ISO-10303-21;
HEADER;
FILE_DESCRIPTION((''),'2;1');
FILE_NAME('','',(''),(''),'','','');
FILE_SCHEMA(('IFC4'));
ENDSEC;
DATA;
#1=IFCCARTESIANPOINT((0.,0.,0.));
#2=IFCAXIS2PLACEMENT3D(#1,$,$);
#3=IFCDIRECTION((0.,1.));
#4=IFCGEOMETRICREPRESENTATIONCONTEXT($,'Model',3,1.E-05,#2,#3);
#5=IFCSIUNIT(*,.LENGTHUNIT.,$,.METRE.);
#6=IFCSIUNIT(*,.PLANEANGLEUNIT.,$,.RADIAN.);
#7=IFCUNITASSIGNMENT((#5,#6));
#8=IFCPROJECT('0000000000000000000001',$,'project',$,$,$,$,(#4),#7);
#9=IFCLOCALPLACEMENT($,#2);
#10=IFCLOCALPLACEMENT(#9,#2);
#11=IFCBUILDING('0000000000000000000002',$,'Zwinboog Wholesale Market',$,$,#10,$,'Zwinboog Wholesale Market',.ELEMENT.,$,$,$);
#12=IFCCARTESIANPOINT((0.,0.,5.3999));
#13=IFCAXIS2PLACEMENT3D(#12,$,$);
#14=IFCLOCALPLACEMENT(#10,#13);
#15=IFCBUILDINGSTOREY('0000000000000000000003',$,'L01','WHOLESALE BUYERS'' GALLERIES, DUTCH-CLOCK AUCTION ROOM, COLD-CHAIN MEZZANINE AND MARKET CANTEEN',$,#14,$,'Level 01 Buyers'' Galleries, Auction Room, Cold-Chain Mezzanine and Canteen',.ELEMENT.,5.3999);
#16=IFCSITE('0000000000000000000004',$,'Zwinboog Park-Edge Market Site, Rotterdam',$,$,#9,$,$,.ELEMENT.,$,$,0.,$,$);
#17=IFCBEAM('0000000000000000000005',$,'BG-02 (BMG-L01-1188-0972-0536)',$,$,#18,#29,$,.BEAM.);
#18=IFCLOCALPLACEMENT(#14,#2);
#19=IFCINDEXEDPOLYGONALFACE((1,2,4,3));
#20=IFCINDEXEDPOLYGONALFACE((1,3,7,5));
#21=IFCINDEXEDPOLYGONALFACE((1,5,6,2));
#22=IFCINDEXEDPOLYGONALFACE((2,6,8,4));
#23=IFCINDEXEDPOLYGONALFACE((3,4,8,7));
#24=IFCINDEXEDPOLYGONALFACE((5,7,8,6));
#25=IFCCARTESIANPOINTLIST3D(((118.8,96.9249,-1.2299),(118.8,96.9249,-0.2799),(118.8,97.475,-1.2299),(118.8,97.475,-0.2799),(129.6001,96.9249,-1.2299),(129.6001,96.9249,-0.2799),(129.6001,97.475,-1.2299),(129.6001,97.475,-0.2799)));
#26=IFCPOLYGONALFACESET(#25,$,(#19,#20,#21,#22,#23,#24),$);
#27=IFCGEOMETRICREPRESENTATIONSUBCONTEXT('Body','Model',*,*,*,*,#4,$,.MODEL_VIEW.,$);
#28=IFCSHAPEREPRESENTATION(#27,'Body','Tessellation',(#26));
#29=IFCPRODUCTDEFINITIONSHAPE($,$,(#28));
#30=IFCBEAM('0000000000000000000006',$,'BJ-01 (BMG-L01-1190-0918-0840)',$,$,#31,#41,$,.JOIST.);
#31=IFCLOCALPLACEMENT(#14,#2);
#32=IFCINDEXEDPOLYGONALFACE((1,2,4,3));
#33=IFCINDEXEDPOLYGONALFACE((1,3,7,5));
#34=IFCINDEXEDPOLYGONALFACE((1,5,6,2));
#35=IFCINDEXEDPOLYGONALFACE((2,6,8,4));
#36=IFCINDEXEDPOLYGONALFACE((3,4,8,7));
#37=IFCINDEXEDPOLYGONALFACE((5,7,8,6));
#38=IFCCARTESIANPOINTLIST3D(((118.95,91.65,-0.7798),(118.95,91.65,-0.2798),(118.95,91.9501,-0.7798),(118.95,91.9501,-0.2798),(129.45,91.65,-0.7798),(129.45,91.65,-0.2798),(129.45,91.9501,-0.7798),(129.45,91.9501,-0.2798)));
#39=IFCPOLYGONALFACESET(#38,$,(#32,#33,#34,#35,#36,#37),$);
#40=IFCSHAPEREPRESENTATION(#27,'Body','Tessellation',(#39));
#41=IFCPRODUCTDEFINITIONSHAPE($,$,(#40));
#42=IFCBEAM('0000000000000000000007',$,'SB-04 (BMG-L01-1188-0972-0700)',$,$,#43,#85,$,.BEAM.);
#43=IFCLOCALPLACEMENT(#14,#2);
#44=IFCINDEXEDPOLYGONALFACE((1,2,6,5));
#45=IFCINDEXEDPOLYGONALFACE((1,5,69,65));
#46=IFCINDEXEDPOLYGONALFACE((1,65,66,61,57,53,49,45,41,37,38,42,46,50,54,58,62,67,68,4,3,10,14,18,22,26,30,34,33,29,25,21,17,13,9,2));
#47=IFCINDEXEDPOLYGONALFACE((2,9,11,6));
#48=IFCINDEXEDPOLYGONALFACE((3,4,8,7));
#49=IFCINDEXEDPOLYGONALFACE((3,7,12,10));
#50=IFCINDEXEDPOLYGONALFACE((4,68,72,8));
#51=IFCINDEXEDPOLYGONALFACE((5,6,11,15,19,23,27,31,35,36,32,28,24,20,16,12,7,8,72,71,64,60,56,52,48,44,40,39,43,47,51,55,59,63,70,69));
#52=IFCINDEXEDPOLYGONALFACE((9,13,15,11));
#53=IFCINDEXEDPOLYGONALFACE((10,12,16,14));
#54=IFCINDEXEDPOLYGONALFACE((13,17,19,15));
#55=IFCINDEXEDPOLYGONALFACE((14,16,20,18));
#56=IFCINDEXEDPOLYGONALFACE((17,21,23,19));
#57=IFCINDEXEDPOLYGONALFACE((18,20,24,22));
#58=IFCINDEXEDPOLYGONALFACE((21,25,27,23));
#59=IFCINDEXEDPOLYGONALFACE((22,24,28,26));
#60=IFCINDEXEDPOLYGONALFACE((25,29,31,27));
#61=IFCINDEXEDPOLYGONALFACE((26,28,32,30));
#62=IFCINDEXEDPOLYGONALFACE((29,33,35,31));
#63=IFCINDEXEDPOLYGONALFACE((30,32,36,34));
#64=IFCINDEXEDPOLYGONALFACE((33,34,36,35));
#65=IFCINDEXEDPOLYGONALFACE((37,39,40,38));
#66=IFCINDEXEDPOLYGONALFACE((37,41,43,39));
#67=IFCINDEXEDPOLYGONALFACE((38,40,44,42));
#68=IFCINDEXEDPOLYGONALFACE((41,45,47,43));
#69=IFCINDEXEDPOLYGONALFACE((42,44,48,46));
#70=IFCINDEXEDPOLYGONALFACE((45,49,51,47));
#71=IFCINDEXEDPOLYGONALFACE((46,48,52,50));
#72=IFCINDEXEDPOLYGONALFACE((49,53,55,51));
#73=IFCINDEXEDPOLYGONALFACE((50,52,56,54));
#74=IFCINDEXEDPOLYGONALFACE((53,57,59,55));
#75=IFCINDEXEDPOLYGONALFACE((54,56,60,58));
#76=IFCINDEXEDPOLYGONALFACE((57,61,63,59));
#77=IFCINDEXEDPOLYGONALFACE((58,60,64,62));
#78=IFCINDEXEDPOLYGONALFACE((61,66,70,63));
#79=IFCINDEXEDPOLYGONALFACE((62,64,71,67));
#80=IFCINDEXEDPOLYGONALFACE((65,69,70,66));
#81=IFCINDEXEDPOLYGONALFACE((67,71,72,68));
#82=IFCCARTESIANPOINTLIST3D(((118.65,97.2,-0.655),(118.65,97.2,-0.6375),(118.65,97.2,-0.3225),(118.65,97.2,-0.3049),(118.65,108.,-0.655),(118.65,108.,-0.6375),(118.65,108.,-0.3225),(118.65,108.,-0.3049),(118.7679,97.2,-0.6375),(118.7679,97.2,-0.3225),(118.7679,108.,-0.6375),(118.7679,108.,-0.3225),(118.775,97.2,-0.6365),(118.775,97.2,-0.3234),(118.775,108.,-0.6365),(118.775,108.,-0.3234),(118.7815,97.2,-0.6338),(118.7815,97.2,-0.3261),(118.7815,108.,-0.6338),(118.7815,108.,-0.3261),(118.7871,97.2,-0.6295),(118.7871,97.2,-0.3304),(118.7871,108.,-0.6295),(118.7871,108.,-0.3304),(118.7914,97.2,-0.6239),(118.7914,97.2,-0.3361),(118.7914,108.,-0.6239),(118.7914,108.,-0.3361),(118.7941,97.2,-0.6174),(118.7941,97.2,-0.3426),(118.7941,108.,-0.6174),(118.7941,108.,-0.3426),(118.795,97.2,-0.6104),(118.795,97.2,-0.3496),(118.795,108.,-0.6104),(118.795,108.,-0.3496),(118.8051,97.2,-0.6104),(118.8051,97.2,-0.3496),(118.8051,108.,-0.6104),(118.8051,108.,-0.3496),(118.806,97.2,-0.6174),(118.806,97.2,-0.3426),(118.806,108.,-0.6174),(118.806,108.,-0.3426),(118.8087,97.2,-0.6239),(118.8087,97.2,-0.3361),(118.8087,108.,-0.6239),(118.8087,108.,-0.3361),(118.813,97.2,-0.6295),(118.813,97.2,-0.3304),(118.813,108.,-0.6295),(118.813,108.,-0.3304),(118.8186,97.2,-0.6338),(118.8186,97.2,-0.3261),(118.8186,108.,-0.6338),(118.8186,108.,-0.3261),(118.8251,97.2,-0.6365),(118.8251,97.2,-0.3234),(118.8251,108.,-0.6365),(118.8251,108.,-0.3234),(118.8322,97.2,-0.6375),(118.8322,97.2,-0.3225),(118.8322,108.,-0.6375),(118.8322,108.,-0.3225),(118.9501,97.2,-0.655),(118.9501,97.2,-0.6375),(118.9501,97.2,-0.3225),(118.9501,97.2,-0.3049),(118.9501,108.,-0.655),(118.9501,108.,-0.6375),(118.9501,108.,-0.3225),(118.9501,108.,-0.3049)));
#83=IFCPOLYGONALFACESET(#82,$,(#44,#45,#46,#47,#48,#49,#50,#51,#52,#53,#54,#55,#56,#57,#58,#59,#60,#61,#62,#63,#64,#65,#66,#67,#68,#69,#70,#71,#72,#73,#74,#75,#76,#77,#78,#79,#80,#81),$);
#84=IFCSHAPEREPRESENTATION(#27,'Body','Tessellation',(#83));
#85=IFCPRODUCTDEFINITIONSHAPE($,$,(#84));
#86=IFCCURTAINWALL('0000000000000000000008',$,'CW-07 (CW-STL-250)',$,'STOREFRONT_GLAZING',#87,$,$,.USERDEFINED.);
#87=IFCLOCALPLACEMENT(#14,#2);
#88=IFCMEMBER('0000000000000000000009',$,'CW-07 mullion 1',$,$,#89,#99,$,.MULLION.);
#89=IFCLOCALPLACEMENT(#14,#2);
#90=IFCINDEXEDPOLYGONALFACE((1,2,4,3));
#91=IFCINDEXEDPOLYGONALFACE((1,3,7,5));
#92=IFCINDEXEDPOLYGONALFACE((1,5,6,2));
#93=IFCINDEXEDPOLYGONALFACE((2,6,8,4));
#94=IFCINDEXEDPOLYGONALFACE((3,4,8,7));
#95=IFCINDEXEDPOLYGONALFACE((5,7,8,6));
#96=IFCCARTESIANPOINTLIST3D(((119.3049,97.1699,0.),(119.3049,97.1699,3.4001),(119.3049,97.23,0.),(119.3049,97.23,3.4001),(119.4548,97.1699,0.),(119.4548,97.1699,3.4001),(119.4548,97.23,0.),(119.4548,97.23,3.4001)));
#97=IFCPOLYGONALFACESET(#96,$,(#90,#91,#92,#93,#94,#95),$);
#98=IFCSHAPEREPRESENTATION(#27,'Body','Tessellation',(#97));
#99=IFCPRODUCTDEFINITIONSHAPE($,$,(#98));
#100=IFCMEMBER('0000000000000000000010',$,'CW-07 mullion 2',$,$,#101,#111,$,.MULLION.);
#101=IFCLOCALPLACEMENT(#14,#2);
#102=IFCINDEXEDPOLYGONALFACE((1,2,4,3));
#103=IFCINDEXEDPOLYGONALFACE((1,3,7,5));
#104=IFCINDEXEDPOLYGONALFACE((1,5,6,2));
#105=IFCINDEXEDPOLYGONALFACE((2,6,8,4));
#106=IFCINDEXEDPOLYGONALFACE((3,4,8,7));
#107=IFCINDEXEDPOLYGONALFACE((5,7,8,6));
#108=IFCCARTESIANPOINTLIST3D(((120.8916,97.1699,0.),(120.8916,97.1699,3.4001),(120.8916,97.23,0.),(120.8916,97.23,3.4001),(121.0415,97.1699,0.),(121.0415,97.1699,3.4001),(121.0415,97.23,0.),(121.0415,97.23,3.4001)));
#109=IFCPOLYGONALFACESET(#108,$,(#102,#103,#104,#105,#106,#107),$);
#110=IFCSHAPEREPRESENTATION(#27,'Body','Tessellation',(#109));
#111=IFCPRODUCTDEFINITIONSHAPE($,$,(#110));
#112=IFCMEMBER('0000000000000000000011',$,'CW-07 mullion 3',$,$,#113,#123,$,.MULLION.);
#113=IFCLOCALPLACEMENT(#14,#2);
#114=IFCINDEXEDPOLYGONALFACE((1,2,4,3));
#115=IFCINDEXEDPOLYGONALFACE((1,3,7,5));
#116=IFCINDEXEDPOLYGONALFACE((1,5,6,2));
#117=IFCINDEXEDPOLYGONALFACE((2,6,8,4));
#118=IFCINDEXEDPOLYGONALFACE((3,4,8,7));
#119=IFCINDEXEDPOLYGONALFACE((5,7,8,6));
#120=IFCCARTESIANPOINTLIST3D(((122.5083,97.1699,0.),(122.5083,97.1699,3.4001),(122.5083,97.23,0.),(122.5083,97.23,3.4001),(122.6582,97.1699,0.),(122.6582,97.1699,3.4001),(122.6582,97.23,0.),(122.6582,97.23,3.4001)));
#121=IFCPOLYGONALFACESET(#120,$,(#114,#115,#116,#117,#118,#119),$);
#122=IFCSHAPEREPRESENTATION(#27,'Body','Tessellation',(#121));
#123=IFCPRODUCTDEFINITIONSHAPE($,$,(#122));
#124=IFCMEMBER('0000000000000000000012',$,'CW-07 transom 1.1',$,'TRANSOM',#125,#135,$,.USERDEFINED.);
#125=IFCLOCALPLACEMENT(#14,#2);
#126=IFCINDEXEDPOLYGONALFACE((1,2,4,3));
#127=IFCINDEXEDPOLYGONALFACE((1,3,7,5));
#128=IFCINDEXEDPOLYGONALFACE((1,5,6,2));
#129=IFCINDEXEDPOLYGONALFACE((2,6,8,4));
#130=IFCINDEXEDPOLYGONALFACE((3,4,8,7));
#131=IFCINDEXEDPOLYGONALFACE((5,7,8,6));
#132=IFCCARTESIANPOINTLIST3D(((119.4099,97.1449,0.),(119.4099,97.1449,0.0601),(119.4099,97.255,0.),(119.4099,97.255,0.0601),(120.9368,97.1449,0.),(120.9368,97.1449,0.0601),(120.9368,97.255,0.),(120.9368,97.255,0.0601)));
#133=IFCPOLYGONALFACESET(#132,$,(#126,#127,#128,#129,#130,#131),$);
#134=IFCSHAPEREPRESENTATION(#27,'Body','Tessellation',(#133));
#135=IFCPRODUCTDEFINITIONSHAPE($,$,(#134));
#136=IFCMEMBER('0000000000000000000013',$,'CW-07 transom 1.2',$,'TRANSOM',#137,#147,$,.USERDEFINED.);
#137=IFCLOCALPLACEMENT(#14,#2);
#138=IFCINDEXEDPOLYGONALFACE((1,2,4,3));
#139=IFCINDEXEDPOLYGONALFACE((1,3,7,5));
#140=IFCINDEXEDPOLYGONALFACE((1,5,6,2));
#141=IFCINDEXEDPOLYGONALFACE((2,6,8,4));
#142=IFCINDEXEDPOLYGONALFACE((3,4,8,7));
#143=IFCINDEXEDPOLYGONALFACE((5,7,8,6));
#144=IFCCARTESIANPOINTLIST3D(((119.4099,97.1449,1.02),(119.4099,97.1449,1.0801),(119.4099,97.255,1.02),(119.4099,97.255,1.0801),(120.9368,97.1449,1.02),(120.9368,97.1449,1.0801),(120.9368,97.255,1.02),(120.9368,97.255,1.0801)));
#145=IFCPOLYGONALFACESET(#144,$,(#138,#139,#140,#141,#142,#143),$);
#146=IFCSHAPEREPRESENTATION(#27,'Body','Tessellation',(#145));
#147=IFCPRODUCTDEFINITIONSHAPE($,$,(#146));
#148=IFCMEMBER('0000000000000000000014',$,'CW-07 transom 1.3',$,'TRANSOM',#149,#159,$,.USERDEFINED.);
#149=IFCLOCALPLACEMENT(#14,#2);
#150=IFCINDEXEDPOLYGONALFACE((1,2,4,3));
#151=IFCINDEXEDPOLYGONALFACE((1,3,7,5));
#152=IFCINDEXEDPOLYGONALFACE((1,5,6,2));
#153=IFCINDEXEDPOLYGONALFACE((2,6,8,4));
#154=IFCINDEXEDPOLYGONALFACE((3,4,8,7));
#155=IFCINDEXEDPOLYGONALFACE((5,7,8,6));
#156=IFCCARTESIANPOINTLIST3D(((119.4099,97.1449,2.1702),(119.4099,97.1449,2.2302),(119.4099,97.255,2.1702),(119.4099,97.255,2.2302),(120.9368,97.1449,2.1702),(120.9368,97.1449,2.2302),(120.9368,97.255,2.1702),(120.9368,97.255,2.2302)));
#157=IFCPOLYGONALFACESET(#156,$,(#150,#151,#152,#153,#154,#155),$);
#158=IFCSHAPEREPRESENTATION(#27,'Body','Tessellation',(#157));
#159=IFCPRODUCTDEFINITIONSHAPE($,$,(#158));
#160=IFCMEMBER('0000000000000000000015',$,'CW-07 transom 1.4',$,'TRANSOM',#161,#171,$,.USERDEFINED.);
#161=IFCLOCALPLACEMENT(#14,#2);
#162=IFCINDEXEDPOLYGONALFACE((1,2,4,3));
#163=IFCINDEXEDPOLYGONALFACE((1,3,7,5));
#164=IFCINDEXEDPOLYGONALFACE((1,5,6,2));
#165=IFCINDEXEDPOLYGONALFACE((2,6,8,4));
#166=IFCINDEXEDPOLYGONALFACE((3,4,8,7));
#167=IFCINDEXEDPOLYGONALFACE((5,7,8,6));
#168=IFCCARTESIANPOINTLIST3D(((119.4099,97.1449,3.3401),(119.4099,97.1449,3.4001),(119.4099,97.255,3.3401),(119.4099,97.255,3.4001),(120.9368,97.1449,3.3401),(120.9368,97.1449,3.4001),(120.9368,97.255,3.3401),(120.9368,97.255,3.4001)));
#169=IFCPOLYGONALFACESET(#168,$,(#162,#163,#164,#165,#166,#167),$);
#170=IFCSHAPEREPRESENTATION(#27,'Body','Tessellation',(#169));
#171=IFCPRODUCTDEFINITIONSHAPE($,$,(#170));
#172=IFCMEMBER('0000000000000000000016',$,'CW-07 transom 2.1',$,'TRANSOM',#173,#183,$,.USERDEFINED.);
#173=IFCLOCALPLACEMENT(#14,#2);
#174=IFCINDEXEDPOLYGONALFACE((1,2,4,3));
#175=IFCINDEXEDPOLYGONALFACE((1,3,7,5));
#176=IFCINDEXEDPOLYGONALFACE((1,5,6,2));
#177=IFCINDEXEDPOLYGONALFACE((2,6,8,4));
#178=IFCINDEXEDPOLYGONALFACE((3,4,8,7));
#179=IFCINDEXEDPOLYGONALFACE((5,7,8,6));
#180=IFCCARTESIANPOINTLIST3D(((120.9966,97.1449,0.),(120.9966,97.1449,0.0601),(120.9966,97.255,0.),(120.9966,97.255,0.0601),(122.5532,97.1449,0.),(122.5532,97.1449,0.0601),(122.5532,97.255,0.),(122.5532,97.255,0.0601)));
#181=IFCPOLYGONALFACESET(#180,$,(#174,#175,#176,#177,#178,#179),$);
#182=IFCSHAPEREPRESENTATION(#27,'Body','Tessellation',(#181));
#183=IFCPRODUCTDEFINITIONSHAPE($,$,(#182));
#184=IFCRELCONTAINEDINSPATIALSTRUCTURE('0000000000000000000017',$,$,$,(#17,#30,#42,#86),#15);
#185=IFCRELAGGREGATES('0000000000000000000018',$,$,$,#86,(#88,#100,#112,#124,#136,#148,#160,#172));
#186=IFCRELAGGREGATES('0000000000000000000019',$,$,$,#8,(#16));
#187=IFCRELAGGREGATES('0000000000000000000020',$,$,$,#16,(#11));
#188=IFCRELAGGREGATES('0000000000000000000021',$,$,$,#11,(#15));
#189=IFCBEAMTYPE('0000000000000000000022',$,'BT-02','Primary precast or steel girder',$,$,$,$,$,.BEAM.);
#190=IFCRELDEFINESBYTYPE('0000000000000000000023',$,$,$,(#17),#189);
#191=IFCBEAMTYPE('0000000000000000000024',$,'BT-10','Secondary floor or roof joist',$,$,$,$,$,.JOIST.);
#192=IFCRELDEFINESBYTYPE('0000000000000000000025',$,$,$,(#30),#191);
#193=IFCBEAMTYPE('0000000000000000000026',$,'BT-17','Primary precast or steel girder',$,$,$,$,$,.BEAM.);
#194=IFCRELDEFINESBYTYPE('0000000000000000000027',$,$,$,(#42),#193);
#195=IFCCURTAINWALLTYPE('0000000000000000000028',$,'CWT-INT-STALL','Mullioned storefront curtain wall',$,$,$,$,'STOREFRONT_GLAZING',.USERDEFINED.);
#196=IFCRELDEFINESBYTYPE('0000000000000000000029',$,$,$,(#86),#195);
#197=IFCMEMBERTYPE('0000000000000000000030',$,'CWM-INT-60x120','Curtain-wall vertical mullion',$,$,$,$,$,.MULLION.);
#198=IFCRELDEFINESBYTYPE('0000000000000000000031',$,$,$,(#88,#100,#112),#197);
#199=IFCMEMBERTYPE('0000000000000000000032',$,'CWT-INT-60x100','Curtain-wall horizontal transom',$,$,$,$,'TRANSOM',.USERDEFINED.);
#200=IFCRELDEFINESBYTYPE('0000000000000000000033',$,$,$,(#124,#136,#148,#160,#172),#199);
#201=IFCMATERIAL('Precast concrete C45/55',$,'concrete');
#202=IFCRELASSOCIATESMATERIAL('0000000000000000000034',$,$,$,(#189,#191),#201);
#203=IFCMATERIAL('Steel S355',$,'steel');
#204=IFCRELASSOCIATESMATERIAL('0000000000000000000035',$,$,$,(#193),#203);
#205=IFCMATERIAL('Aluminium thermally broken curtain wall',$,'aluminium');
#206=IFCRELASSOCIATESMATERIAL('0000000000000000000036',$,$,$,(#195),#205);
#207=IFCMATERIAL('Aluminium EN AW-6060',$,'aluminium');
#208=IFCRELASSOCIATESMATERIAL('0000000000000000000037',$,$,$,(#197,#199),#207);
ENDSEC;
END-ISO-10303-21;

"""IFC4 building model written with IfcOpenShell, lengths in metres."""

from ifc_helpers import new_model, si_unit, direction, frame, origin, origin_2d, place, context, subcontext, project, spatial, rectangle, i_section, extrude, material, material_profile, profile_set, type_object, element, aggregate, save


model = new_model("IFC4")

# Units and contexts
model_context = context("Model", 3, precision=1e-05, world=origin(), true_north=direction((0.0, 1.0)))
body_context = subcontext(model_context, "Body", "Model", "MODEL_VIEW")
ifc_project = project(units=[si_unit("LENGTHUNIT", "METRE"), si_unit("PLANEANGLEUNIT", "RADIAN")], contexts=[model_context])

# Site, building, storey
site_placement = place(None, origin())
site = spatial("IfcSite", under=ifc_project, at=site_placement, Name="Zwinboog Park-Edge Market Site, Rotterdam", CompositionType="ELEMENT", RefElevation=0.0)
building_placement = place(site_placement, origin())
building = spatial("IfcBuilding", under=site, at=building_placement, Name="Zwinboog Wholesale Market", LongName="Zwinboog Wholesale Market", CompositionType="ELEMENT")
storey_placement = place(building_placement, frame((0.0, 0.0, 5.3999)))
storey = spatial("IfcBuildingStorey", under=building, at=storey_placement, Name="L01", Description="WHOLESALE BUYERS' GALLERIES, DUTCH-CLOCK AUCTION ROOM, COLD-CHAIN MEZZANINE AND MARKET CANTEEN", LongName="Level 01 Buyers' Galleries, Auction Room, Cold-Chain Mezzanine and Canteen", CompositionType="ELEMENT", Elevation=5.3999)

# Beams
ifc_material_1 = material(Name="Precast concrete C45/55", Category="concrete")
ifc_material_profile_1 = material_profile(ifc_material_1, rectangle(XDim=0.55, YDim=0.95, at=origin_2d()), Name="PC 550x950")
ifc_profile_set_1 = profile_set([ifc_material_profile_1], Name="Precast concrete C45/55")
beam_type_1 = type_object("IfcBeamType", Name="BT-02", Description="Primary precast or steel girder", PredefinedType="BEAM", material=ifc_profile_set_1)
beam_1_placement = place(storey_placement, frame((118.8, 97.2, -0.7549), z_axis=(1.0, 0.0, 0.0), x_axis=(0.0, 1.0, 0.0)))
element("IfcBeam", 1, at=beam_1_placement, inside=storey, type_object=beam_type_1, Name="BG-02 (BMG-L01-1188-0972-0536)", PredefinedType="BEAM", context=body_context, shape_type="SweptSolid", body=[
    extrude(rectangle(XDim=0.55, YDim=0.95, at=origin_2d()), origin(), (0.0, 0.0, 1.0), 10.8),
])
ifc_material_profile_2 = material_profile(ifc_material_1, rectangle(XDim=0.3, YDim=0.5, at=origin_2d()), Name="PC 300x500")
ifc_profile_set_2 = profile_set([ifc_material_profile_2], Name="Precast concrete C45/55")
beam_type_2 = type_object("IfcBeamType", Name="BT-10", Description="Secondary floor or roof joist", PredefinedType="JOIST", material=ifc_profile_set_2)
beam_2_placement = place(storey_placement, frame((118.95, 91.8, -0.5298), z_axis=(1.0, 0.0, 0.0), x_axis=(0.0, 1.0, 0.0)))
element("IfcBeam", 2, at=beam_2_placement, inside=storey, type_object=beam_type_2, Name="BJ-01 (BMG-L01-1190-0918-0840)", PredefinedType="JOIST", context=body_context, shape_type="SweptSolid", body=[
    extrude(rectangle(XDim=0.3, YDim=0.5, at=origin_2d()), origin(), (0.0, 0.0, 1.0), 10.5),
])
ifc_material_2 = material(Name="Steel S355", Category="steel")
ifc_material_profile_3 = material_profile(ifc_material_2, i_section(OverallWidth=0.3, OverallDepth=0.3501, WebThickness=0.01, FlangeThickness=0.0176, FilletRadius=0.0271, at=origin_2d()), Name="HEA 360")
ifc_profile_set_3 = profile_set([ifc_material_profile_3], Name="Steel S355")
beam_type_3 = type_object("IfcBeamType", Name="BT-17", Description="Primary precast or steel girder", PredefinedType="BEAM", material=ifc_profile_set_3)
beam_3_placement = place(storey_placement, frame((118.8, 97.2, -0.48), z_axis=(0.0, 1.0, 0.0), x_axis=(-1.0, 0.0, 0.0)))
element("IfcBeam", 3, at=beam_3_placement, inside=storey, type_object=beam_type_3, Name="SB-04 (BMG-L01-1188-0972-0700)", PredefinedType="BEAM", context=body_context, shape_type="SweptSolid", body=[
    extrude(i_section(OverallWidth=0.3, OverallDepth=0.3501, WebThickness=0.01, FlangeThickness=0.0176, FilletRadius=0.0271, at=origin_2d()), origin(), (0.0, 0.0, 1.0), 10.8),
])

# Curtain wall, members
ifc_material_3 = material(Name="Aluminium thermally broken curtain wall", Category="aluminium")
curtain_wall_type = type_object("IfcCurtainWallType", Name="CWT-INT-STALL", Description="Mullioned storefront curtain wall", ElementType="STOREFRONT_GLAZING", PredefinedType="USERDEFINED", material=ifc_material_3)
curtain_wall_placement = place(storey_placement, origin())
curtain_wall = element("IfcCurtainWall", 4, at=curtain_wall_placement, inside=storey, type_object=curtain_wall_type, Name="CW-07 (CW-STL-250)", ObjectType="STOREFRONT_GLAZING", PredefinedType="USERDEFINED")
ifc_material_4 = material(Name="Aluminium EN AW-6060", Category="aluminium")
ifc_material_profile_4 = material_profile(ifc_material_4, rectangle(XDim=0.0601, YDim=0.1499, at=origin_2d()), Name="AL 60x150")
ifc_profile_set_4 = profile_set([ifc_material_profile_4], Name="Aluminium EN AW-6060")
member_type_1 = type_object("IfcMemberType", Name="CWM-INT-60x120", Description="Curtain-wall vertical mullion", PredefinedType="MULLION", material=ifc_profile_set_4)
member_1_placement = place(storey_placement, frame((119.3799, 97.2, 0.0), z_axis=(0.0, 0.0, 1.0), x_axis=(0.0, 1.0, 0.0)))
member_1 = element("IfcMember", 5, at=member_1_placement, type_object=member_type_1, Name="CW-07 mullion 1", PredefinedType="MULLION", context=body_context, shape_type="SweptSolid", body=[
    extrude(rectangle(XDim=0.0601, YDim=0.1499, at=origin_2d()), origin(), (0.0, 0.0, 1.0), 3.4001),
])
member_2_placement = place(storey_placement, frame((120.9666, 97.2, 0.0), z_axis=(0.0, 0.0, 1.0), x_axis=(0.0, 1.0, 0.0)))
member_2 = element("IfcMember", 6, at=member_2_placement, type_object=member_type_1, Name="CW-07 mullion 2", PredefinedType="MULLION", context=body_context, shape_type="SweptSolid", body=[
    extrude(rectangle(XDim=0.0601, YDim=0.1499, at=origin_2d()), origin(), (0.0, 0.0, 1.0), 3.4001),
])
member_3_placement = place(storey_placement, frame((122.5833, 97.2, 0.0), z_axis=(0.0, 0.0, 1.0), x_axis=(0.0, 1.0, 0.0)))
member_3 = element("IfcMember", 7, at=member_3_placement, type_object=member_type_1, Name="CW-07 mullion 3", PredefinedType="MULLION", context=body_context, shape_type="SweptSolid", body=[
    extrude(rectangle(XDim=0.0601, YDim=0.1499, at=origin_2d()), origin(), (0.0, 0.0, 1.0), 3.4001),
])
ifc_material_profile_5 = material_profile(ifc_material_4, rectangle(XDim=0.1101, YDim=0.0601, at=origin_2d()), Name="AL 60x110")
ifc_profile_set_5 = profile_set([ifc_material_profile_5], Name="Aluminium EN AW-6060")
member_type_2 = type_object("IfcMemberType", Name="CWT-INT-60x100", Description="Curtain-wall horizontal transom", ElementType="TRANSOM", PredefinedType="USERDEFINED", material=ifc_profile_set_5)
member_4_placement = place(storey_placement, frame((119.4099, 97.2, 0.03), z_axis=(1.0, 0.0, 0.0), x_axis=(0.0, 1.0, 0.0)))
member_4 = element("IfcMember", 8, at=member_4_placement, type_object=member_type_2, Name="CW-07 transom 1.1", ObjectType="TRANSOM", PredefinedType="USERDEFINED", context=body_context, shape_type="SweptSolid", body=[
    extrude(rectangle(XDim=0.1101, YDim=0.0601, at=origin_2d()), origin(), (0.0, 0.0, 1.0), 1.5269),
])
member_5_placement = place(storey_placement, frame((119.4099, 97.2, 1.05), z_axis=(1.0, 0.0, 0.0), x_axis=(0.0, 1.0, 0.0)))
member_5 = element("IfcMember", 9, at=member_5_placement, type_object=member_type_2, Name="CW-07 transom 1.2", ObjectType="TRANSOM", PredefinedType="USERDEFINED", context=body_context, shape_type="SweptSolid", body=[
    extrude(rectangle(XDim=0.1101, YDim=0.0601, at=origin_2d()), origin(), (0.0, 0.0, 1.0), 1.5269),
])
member_6_placement = place(storey_placement, frame((119.4099, 97.2, 2.2002), z_axis=(1.0, 0.0, 0.0), x_axis=(0.0, 1.0, 0.0)))
member_6 = element("IfcMember", 10, at=member_6_placement, type_object=member_type_2, Name="CW-07 transom 1.3", ObjectType="TRANSOM", PredefinedType="USERDEFINED", context=body_context, shape_type="SweptSolid", body=[
    extrude(rectangle(XDim=0.1101, YDim=0.0601, at=origin_2d()), origin(), (0.0, 0.0, 1.0), 1.5269),
])
member_7_placement = place(storey_placement, frame((119.4099, 97.2, 3.3701), z_axis=(1.0, 0.0, 0.0), x_axis=(0.0, 1.0, 0.0)))
member_7 = element("IfcMember", 11, at=member_7_placement, type_object=member_type_2, Name="CW-07 transom 1.4", ObjectType="TRANSOM", PredefinedType="USERDEFINED", context=body_context, shape_type="SweptSolid", body=[
    extrude(rectangle(XDim=0.1101, YDim=0.0601, at=origin_2d()), origin(), (0.0, 0.0, 1.0), 1.5269),
])
member_8_placement = place(storey_placement, frame((120.9966, 97.2, 0.03), z_axis=(1.0, 0.0, 0.0), x_axis=(0.0, 1.0, 0.0)))
member_8 = element("IfcMember", 12, at=member_8_placement, type_object=member_type_2, Name="CW-07 transom 2.1", ObjectType="TRANSOM", PredefinedType="USERDEFINED", context=body_context, shape_type="SweptSolid", body=[
    extrude(rectangle(XDim=0.1101, YDim=0.0601, at=origin_2d()), origin(), (0.0, 0.0, 1.0), 1.5566),
])
aggregate(curtain_wall, [member_1, member_2, member_3, member_4, member_5, member_6, member_7, member_8])

save(model, "model.ifc")
